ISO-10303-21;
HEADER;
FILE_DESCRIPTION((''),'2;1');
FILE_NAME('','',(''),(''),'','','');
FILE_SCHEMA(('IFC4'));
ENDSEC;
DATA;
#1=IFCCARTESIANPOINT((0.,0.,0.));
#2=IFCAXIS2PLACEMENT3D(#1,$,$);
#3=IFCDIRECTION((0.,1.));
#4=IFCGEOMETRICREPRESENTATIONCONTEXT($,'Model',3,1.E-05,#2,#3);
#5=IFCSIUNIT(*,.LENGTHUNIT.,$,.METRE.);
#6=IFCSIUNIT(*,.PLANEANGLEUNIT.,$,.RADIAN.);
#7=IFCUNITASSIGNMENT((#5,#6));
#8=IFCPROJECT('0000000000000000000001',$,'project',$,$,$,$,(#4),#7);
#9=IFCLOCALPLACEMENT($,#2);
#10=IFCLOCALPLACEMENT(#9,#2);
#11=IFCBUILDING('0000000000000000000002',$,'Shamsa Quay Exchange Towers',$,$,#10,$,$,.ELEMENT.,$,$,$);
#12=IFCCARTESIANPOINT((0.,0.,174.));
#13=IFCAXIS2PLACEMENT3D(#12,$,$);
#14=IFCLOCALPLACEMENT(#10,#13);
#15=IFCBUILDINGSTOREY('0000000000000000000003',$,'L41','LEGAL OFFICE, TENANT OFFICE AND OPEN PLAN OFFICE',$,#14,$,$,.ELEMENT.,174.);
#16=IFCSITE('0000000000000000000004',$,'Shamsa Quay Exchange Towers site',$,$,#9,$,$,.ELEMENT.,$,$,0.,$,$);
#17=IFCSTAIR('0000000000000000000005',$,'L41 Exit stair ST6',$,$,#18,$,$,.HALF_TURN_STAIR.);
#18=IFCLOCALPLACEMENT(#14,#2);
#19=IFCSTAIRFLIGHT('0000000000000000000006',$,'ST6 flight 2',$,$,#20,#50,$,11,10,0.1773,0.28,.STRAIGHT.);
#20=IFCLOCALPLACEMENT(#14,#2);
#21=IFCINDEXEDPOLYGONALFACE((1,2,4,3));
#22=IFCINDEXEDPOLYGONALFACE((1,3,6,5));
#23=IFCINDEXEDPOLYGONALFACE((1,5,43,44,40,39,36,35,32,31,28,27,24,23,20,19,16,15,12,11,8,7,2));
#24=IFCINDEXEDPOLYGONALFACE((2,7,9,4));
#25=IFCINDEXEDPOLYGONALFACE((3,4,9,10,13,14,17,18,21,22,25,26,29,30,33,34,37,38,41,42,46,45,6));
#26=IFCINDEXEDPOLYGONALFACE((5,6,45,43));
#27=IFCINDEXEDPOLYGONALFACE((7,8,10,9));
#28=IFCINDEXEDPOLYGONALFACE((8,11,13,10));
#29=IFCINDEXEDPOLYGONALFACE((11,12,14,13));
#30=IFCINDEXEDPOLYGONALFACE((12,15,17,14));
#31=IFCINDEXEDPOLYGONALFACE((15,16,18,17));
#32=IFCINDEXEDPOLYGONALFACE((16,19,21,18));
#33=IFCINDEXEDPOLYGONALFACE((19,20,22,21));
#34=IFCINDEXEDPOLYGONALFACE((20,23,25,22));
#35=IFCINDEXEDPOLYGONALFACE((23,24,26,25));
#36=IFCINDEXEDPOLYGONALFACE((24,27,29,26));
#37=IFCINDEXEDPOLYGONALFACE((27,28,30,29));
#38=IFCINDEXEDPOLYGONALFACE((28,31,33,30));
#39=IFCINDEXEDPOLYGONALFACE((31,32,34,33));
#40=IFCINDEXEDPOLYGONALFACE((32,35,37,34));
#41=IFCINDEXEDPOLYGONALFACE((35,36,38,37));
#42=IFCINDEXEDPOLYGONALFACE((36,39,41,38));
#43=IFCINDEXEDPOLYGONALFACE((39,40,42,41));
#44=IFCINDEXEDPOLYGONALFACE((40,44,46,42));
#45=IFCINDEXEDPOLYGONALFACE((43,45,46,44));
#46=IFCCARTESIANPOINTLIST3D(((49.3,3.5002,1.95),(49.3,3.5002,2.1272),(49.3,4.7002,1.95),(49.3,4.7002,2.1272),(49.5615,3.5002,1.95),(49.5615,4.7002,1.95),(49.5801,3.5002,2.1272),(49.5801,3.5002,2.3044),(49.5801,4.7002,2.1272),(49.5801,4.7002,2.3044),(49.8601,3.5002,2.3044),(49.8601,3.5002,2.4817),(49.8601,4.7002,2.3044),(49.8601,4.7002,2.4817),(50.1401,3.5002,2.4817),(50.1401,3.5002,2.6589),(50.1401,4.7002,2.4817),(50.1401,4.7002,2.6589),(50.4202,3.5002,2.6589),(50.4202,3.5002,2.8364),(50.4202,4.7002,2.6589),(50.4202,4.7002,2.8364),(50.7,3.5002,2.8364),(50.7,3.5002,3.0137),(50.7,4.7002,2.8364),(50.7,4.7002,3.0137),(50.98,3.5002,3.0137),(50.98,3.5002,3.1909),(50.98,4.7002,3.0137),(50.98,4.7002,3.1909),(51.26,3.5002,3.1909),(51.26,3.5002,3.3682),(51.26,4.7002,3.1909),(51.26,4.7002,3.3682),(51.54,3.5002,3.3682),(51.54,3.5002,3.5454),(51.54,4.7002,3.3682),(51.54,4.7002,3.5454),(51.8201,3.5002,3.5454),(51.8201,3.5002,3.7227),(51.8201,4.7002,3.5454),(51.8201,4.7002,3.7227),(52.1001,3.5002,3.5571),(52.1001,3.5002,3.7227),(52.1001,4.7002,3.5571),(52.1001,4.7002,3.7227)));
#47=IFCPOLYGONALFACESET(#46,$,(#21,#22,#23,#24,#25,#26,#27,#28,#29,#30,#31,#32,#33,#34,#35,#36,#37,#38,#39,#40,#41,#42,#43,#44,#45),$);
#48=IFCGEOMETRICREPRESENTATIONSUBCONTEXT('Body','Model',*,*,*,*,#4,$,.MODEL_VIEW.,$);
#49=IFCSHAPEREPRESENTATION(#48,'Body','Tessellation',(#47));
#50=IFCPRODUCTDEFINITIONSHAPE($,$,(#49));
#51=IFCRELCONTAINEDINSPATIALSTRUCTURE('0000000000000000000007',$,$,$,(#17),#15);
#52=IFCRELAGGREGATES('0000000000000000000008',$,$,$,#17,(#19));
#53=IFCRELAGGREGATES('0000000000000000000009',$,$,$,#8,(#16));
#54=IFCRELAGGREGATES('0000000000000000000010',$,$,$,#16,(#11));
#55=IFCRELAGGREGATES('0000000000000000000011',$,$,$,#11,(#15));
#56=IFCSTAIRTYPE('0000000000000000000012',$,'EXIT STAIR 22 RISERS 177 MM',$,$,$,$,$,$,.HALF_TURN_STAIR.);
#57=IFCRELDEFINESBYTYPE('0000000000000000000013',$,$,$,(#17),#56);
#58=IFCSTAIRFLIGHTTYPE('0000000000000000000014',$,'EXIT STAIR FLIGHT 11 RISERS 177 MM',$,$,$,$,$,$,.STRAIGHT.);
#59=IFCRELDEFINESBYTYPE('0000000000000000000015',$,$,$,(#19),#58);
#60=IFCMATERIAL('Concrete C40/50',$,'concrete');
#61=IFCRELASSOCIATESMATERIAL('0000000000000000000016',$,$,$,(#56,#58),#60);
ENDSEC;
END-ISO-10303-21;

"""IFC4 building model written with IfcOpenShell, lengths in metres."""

from ifc_helpers import new_model, si_unit, direction, frame, origin, place, context, subcontext, project, spatial, polyline, outline, extrude, material, type_object, element, aggregate, save


model = new_model("IFC4")

# Units and contexts
model_context = context("Model", 3, precision=1e-05, world=origin(), true_north=direction((0.0, 1.0)))
body_context = subcontext(model_context, "Body", "Model", "MODEL_VIEW")
ifc_project = project(units=[si_unit("LENGTHUNIT", "METRE"), si_unit("PLANEANGLEUNIT", "RADIAN")], contexts=[model_context])

# Site, building, storey
site_placement = place(None, origin())
site = spatial("IfcSite", under=ifc_project, at=site_placement, Name="Shamsa Quay Exchange Towers site", CompositionType="ELEMENT", RefElevation=0.0)
building_placement = place(site_placement, origin())
building = spatial("IfcBuilding", under=site, at=building_placement, Name="Shamsa Quay Exchange Towers", CompositionType="ELEMENT")
storey_placement = place(building_placement, frame((0.0, 0.0, 174.0)))
storey = spatial("IfcBuildingStorey", under=building, at=storey_placement, Name="L41", Description="LEGAL OFFICE, TENANT OFFICE AND OPEN PLAN OFFICE", CompositionType="ELEMENT", Elevation=174.0)

# Stair, stair flight
ifc_material_1 = material(Name="Concrete C40/50", Category="concrete")
stair_type = type_object("IfcStairType", Name="EXIT STAIR 22 RISERS 177 MM", PredefinedType="HALF_TURN_STAIR", material=ifc_material_1)
stair_placement = place(storey_placement, origin())
stair = element("IfcStair", 1, at=stair_placement, inside=storey, type_object=stair_type, Name="L41 Exit stair ST6", PredefinedType="HALF_TURN_STAIR")
stair_flight_type = type_object("IfcStairFlightType", Name="EXIT STAIR FLIGHT 11 RISERS 177 MM", PredefinedType="STRAIGHT", material=ifc_material_1)
stair_flight_1_placement = place(storey_placement, frame((49.3, 4.1001, 1.95)))
stair_flight_1 = element("IfcStairFlight", 2, at=stair_flight_1_placement, type_object=stair_flight_type, Name="ST6 flight 2", NumberOfRisers=11, NumberOfTreads=10, PredefinedType="STRAIGHT", RiserHeight=0.1773, TreadLength=0.28, context=body_context, shape_type="SweptSolid", body=[
    extrude(outline(polyline([(0.0, 0.0), (0.0, 0.1772), (0.28, 0.1772), (0.28, 0.3545), (0.5601, 0.3545), (0.5601, 0.5317), (0.8401, 0.5317), (0.8401, 0.709), (1.1201, 0.709), (1.1201, 0.8865), (1.3999, 0.8865), (1.3999, 1.0637), (1.6799, 1.0637), (1.6799, 1.241), (1.96, 1.241), (1.96, 1.4182), (2.24, 1.4182), (2.24, 1.5955), (2.52, 1.5955), (2.52, 1.7727), (2.8, 1.7727), (2.8, 1.95), (2.8, 1.6072), (0.2615, 0.0), (0.0, 0.0)])), frame((0.0, 0.6001, 0.0), z_axis=(0.0, -1.0, 0.0), x_axis=(1.0, 0.0, 0.0)), (0.0, 0.0, 1.0), 1.2),
])
aggregate(stair, [stair_flight_1])

save(model, "model.ifc")
